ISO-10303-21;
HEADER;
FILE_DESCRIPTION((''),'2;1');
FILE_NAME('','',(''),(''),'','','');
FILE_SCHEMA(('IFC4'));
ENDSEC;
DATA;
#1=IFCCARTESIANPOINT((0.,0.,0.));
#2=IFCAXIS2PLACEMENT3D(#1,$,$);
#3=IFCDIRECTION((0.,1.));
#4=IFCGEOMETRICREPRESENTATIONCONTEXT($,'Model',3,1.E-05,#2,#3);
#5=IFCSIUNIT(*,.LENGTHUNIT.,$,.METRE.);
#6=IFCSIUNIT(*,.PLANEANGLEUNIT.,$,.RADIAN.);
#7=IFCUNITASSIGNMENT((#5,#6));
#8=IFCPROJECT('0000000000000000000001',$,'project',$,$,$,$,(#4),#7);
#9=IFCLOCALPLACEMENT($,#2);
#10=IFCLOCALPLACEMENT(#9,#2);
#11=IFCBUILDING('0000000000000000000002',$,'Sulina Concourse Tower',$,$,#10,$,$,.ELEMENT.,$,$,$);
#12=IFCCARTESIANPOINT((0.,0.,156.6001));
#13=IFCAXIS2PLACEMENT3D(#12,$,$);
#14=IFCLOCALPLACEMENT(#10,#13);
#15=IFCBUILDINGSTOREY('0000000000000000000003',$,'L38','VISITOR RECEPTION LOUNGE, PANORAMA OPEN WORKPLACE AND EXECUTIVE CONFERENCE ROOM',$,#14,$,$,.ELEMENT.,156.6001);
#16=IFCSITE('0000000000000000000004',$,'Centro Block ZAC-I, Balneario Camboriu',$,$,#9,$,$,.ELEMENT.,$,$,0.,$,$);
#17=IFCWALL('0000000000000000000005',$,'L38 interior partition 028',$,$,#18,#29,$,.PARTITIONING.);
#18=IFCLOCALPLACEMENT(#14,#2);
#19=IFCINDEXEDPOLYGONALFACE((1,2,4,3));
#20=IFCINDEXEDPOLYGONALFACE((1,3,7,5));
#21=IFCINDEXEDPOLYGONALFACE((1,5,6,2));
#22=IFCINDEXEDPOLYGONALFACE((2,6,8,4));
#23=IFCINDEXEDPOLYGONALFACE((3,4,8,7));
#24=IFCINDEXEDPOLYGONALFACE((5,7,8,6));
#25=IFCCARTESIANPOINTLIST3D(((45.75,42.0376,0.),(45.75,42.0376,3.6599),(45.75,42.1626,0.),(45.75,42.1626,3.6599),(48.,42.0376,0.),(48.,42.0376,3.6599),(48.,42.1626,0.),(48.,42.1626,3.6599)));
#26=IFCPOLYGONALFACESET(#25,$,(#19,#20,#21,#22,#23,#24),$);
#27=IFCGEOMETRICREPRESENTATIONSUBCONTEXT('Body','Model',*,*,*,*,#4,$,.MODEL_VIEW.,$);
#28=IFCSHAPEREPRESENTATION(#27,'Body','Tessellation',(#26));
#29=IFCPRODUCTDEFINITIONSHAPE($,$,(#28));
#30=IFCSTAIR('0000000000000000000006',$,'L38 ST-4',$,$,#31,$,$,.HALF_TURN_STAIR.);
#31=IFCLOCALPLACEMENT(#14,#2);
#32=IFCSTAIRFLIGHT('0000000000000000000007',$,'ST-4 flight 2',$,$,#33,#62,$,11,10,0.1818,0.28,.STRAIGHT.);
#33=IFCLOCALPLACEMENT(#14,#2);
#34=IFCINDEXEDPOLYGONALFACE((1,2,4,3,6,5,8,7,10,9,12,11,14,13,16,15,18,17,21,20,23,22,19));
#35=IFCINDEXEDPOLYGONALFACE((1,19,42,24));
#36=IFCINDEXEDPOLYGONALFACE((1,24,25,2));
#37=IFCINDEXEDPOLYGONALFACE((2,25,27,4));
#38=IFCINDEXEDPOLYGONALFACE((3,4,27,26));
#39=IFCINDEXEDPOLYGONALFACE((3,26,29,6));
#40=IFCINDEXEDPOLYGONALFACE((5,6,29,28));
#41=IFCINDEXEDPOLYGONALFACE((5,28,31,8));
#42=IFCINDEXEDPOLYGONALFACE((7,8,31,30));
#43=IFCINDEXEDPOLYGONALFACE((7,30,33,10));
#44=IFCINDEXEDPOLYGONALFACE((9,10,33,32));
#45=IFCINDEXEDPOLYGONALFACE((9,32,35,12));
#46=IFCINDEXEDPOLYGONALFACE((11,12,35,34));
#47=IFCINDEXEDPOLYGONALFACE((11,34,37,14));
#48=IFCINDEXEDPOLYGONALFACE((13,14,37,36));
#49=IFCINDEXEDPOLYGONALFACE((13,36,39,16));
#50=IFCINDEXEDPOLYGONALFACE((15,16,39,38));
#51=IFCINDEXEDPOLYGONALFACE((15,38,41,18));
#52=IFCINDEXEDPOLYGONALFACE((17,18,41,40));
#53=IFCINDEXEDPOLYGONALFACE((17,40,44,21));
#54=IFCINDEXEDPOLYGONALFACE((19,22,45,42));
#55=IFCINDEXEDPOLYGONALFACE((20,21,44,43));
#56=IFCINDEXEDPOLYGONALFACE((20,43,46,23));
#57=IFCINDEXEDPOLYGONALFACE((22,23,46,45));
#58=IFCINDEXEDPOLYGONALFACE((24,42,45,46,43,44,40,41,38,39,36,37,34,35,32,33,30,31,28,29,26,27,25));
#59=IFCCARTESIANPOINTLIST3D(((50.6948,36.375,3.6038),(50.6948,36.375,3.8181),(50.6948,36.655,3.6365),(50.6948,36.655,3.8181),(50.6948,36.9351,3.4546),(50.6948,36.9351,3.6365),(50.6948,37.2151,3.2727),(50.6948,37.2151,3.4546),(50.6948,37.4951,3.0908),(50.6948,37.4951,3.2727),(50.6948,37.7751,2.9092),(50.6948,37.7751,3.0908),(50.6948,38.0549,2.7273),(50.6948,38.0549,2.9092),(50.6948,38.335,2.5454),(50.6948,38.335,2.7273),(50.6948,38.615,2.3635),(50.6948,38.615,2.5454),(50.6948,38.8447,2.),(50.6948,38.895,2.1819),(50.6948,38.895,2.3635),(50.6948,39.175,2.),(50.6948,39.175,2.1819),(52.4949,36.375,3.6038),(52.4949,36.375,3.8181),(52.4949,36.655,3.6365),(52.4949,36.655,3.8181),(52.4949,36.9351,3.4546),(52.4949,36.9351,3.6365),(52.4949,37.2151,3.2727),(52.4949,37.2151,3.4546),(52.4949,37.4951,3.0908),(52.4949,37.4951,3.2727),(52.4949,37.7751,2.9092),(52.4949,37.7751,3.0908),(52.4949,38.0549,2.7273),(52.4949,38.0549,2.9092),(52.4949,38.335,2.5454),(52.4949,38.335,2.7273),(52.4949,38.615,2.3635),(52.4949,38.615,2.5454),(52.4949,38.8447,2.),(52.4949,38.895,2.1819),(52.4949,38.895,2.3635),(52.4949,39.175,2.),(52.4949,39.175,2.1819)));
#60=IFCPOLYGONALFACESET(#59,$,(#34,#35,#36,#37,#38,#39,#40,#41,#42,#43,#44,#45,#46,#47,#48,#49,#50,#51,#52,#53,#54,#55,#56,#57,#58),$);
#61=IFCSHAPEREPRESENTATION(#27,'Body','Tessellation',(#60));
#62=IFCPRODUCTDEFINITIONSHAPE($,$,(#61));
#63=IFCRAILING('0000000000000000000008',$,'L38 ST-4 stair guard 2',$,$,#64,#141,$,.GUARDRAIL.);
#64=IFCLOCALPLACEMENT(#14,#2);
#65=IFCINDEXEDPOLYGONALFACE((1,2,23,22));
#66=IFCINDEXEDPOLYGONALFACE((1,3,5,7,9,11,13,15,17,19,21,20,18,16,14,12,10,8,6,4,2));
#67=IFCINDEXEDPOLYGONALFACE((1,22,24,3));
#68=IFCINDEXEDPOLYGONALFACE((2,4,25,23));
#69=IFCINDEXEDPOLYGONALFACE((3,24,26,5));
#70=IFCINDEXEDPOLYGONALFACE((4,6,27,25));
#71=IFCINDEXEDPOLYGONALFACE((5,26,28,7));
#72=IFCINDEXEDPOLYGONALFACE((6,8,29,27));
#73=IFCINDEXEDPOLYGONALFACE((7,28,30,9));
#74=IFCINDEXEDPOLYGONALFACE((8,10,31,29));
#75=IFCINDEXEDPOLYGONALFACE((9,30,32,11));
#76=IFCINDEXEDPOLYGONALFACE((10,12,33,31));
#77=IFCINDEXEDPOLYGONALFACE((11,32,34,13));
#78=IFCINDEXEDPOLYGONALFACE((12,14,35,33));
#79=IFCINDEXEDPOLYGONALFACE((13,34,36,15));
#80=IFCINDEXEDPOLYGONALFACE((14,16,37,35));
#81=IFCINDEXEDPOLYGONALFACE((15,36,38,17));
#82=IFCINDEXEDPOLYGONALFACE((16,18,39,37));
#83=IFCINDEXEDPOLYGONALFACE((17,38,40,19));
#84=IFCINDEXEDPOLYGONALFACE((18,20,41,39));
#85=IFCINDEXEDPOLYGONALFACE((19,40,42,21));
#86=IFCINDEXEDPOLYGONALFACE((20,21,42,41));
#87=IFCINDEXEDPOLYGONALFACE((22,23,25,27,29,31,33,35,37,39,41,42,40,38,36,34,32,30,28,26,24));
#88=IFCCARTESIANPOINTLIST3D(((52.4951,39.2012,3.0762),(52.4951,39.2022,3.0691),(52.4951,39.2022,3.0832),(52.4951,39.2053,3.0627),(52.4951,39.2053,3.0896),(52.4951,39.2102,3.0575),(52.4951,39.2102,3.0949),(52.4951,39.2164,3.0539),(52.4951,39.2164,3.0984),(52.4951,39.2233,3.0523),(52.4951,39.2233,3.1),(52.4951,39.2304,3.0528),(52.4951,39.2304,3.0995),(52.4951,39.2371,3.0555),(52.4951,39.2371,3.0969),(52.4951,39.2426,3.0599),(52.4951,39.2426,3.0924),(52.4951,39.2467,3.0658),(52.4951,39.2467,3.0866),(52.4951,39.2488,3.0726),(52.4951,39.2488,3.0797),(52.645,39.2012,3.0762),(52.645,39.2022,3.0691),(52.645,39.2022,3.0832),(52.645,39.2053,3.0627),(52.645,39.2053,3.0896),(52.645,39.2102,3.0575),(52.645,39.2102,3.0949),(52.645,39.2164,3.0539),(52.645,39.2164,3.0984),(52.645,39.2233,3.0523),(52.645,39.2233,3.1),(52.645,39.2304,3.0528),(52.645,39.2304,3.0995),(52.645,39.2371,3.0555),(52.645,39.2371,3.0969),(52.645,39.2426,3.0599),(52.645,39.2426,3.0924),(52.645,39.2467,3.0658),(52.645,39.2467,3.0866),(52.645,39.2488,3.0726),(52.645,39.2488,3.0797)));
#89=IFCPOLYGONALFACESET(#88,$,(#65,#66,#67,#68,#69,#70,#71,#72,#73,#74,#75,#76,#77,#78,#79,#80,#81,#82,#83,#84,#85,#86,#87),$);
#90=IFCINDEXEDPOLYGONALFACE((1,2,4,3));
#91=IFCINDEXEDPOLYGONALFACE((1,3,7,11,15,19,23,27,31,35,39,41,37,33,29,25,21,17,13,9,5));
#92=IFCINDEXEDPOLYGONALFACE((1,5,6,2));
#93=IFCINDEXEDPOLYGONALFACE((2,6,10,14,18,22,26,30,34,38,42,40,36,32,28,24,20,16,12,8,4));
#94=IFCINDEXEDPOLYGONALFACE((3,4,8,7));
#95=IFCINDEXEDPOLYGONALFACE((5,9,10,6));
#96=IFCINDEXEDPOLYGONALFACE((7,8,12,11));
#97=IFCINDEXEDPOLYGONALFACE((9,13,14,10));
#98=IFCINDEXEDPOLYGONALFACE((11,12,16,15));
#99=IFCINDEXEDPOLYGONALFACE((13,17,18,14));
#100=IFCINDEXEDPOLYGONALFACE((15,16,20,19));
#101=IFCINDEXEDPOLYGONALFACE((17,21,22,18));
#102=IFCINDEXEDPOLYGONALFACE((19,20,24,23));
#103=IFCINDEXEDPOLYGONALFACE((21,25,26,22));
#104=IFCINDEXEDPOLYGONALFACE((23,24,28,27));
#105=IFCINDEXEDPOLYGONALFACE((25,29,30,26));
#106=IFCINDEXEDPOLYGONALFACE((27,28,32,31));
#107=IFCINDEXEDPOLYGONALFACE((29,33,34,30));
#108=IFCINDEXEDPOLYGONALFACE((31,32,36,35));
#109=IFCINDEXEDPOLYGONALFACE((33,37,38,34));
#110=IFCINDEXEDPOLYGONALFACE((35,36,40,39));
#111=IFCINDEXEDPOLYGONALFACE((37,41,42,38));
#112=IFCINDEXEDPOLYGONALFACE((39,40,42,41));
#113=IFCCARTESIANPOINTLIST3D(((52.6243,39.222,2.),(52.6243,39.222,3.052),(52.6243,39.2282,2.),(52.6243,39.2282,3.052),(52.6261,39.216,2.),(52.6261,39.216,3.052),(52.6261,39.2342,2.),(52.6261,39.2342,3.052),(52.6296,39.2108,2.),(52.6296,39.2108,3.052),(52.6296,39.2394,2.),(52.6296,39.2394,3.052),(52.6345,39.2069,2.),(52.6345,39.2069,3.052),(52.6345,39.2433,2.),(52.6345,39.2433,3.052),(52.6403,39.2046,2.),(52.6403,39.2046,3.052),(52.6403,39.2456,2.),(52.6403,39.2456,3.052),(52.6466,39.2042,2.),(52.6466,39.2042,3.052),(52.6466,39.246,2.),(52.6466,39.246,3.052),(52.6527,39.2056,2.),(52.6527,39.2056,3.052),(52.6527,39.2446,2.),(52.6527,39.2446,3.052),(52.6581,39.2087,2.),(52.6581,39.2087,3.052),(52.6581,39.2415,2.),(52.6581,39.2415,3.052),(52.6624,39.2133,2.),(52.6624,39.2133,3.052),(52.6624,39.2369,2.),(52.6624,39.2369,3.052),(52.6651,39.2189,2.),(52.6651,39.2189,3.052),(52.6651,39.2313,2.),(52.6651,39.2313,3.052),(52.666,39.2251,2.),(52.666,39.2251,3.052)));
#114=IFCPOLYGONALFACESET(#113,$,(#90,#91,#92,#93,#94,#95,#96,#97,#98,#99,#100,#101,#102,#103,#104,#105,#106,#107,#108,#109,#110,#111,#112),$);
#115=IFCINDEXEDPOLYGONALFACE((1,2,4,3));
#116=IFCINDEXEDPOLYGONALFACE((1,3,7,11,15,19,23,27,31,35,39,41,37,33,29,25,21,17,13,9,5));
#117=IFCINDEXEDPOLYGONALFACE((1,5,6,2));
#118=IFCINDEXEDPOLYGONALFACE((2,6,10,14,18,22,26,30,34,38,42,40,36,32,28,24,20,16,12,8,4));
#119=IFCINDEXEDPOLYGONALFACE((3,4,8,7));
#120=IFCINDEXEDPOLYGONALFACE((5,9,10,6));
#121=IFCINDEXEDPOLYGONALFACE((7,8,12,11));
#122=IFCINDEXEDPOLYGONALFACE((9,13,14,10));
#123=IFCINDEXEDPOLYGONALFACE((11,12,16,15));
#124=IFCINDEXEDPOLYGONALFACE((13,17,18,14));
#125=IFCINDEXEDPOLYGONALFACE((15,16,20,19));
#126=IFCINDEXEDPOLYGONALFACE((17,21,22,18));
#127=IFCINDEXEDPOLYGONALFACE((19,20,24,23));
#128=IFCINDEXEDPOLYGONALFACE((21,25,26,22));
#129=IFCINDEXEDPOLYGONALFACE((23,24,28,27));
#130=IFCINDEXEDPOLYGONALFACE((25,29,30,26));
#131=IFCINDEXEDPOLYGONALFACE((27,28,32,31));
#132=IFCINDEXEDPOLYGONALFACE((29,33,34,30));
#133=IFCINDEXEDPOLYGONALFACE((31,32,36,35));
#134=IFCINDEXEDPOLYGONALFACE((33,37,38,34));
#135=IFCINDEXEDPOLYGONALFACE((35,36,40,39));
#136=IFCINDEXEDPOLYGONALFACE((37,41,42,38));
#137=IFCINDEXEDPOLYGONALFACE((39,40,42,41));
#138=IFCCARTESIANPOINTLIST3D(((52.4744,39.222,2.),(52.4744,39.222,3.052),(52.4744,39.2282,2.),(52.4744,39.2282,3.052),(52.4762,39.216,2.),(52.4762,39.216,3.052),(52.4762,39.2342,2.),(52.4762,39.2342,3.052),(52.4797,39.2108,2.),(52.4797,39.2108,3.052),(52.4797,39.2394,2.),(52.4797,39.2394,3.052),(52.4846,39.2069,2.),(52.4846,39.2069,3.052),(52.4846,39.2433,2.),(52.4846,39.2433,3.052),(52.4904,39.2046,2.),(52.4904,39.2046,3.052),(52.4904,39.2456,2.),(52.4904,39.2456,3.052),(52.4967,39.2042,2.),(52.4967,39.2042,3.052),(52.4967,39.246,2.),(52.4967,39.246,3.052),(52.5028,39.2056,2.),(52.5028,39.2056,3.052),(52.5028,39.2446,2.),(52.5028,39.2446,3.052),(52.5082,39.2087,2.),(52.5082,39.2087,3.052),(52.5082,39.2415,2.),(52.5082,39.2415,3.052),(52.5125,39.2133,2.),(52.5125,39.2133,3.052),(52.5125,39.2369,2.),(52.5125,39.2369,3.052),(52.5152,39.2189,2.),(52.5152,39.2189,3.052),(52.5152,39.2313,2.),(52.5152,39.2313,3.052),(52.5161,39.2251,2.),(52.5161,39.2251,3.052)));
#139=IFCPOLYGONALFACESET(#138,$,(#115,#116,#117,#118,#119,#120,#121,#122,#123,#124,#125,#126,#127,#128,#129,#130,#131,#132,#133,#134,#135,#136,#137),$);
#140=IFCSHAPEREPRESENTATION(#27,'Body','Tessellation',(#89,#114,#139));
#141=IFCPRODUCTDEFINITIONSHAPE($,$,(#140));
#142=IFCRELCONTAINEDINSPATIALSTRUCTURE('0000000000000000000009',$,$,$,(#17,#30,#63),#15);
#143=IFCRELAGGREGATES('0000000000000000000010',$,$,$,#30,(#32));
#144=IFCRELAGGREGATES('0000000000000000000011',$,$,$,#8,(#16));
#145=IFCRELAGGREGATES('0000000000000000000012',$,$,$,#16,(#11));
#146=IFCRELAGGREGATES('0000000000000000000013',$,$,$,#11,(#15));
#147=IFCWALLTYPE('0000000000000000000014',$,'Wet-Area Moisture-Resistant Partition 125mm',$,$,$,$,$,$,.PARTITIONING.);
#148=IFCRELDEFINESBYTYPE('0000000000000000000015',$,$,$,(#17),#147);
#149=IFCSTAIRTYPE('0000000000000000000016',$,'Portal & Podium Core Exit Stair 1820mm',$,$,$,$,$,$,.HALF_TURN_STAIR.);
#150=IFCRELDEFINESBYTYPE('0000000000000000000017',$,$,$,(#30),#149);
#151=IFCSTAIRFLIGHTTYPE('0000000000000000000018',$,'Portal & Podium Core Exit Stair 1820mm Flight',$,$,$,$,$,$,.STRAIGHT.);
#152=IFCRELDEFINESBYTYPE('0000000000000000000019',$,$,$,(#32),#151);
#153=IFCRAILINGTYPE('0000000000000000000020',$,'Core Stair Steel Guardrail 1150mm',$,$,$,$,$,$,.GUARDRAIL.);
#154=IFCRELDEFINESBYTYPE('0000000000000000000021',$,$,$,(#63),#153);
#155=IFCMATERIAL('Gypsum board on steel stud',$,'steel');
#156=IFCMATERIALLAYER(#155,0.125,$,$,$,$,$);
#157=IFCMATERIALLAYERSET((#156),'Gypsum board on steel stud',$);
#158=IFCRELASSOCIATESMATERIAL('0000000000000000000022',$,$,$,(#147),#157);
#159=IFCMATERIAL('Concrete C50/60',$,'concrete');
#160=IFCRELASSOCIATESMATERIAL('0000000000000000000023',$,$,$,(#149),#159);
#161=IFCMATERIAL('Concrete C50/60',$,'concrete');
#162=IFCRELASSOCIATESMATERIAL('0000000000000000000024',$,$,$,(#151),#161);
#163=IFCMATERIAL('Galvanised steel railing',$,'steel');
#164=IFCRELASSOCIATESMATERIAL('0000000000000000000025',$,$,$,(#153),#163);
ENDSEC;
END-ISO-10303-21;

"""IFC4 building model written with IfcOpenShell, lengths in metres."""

from ifc_helpers import new_model, si_unit, direction, frame, frame_2d, origin, origin_2d, place, context, subcontext, project, spatial, polyline, rectangle, circle, outline, extrude, material, layer, layer_set, type_object, element, aggregate, save


model = new_model("IFC4")

# Units and contexts
model_context = context("Model", 3, precision=1e-05, world=origin(), true_north=direction((0.0, 1.0)))
body_context = subcontext(model_context, "Body", "Model", "MODEL_VIEW")
ifc_project = project(units=[si_unit("LENGTHUNIT", "METRE"), si_unit("PLANEANGLEUNIT", "RADIAN")], contexts=[model_context])

# Site, building, storey
site_placement = place(None, origin())
site = spatial("IfcSite", under=ifc_project, at=site_placement, Name="Centro Block ZAC-I, Balneario Camboriu", CompositionType="ELEMENT", RefElevation=0.0)
building_placement = place(site_placement, origin())
building = spatial("IfcBuilding", under=site, at=building_placement, Name="Sulina Concourse Tower", CompositionType="ELEMENT")
storey_placement = place(building_placement, frame((0.0, 0.0, 156.6001)))
storey = spatial("IfcBuildingStorey", under=building, at=storey_placement, Name="L38", Description="VISITOR RECEPTION LOUNGE, PANORAMA OPEN WORKPLACE AND EXECUTIVE CONFERENCE ROOM", CompositionType="ELEMENT", Elevation=156.6001)

# Wall
ifc_material_1 = material(Name="Gypsum board on steel stud", Category="steel")
ifc_layer_1 = layer(ifc_material_1, 0.125)
ifc_layer_set_1 = layer_set([ifc_layer_1], Name="Gypsum board on steel stud")
wall_type_1 = type_object("IfcWallType", Name="Wet-Area Moisture-Resistant Partition 125mm", PredefinedType="PARTITIONING", material=ifc_layer_set_1)
wall_1_placement = place(storey_placement, frame((45.75, 42.1001, 0.0), z_axis=(0.0, 0.0, 1.0), x_axis=(1.0, 0.0, 0.0)))
element("IfcWall", 1, at=wall_1_placement, inside=storey, type_object=wall_type_1, Name="L38 interior partition 028", PredefinedType="PARTITIONING", context=body_context, shape_type="SweptSolid", body=[
    extrude(rectangle(XDim=2.25, YDim=0.125, at=frame_2d((1.125, 0.0))), origin(), (0.0, 0.0, 1.0), 3.6599),
])

# Stair, stair flight
ifc_material_2 = material(Name="Concrete C50/60", Category="concrete")
stair_type = type_object("IfcStairType", Name="Portal & Podium Core Exit Stair 1820mm", PredefinedType="HALF_TURN_STAIR", material=ifc_material_2)
stair_placement = place(storey_placement, origin())
stair = element("IfcStair", 2, at=stair_placement, inside=storey, type_object=stair_type, Name="L38 ST-4", PredefinedType="HALF_TURN_STAIR")
ifc_material_3 = material(Name="Concrete C50/60", Category="concrete")
stair_flight_type = type_object("IfcStairFlightType", Name="Portal & Podium Core Exit Stair 1820mm Flight", PredefinedType="STRAIGHT", material=ifc_material_3)
stair_flight_placement = place(storey_placement, frame((51.595, 39.175, 2.0), z_axis=(0.0, 0.0, 1.0), x_axis=(0.0, -1.0, 0.0)))
stair_flight = element("IfcStairFlight", 3, at=stair_flight_placement, type_object=stair_flight_type, Name="ST-4 flight 2", NumberOfRisers=11, NumberOfTreads=10, PredefinedType="STRAIGHT", RiserHeight=0.1818, TreadLength=0.28, context=body_context, shape_type="SweptSolid", body=[
    extrude(outline(polyline([(0.0, 0.0), (0.0, 0.1819), (0.28, 0.1819), (0.28, 0.3635), (0.5601, 0.3635), (0.5601, 0.5454), (0.8401, 0.5454), (0.8401, 0.7273), (1.1201, 0.7273), (1.1201, 0.9092), (1.3999, 0.9092), (1.3999, 1.0908), (1.6799, 1.0908), (1.6799, 1.2727), (1.96, 1.2727), (1.96, 1.4546), (2.24, 1.4546), (2.24, 1.6365), (2.52, 1.6365), (2.52, 1.8181), (2.8, 1.8181), (2.8, 2.0), (2.8, 1.6038), (0.3303, 0.0), (0.0, 0.0)])), frame((0.0, 0.8999, 0.0), z_axis=(0.0, -1.0, 0.0), x_axis=(1.0, 0.0, 0.0)), (0.0, 0.0, 1.0), 1.8),
])
aggregate(stair, [stair_flight])

# Railing
ifc_material_4 = material(Name="Galvanised steel railing", Category="steel")
railing_type_1 = type_object("IfcRailingType", Name="Core Stair Steel Guardrail 1150mm", PredefinedType="GUARDRAIL", material=ifc_material_4)
railing_1_placement = place(storey_placement, frame((52.645, 39.2251, 2.0)))
element("IfcRailing", 4, at=railing_1_placement, inside=storey, type_object=railing_type_1, Name="L38 ST-4 stair guard 2", PredefinedType="GUARDRAIL", context=body_context, shape_type="SweptSolid", body=[
    extrude(circle(Radius=0.0239, at=origin_2d()), frame((0.0, 0.0, 1.0762), z_axis=(-1.0, 0.0, 0.0), x_axis=(0.0, -1.0, 0.0)), (0.0, 0.0, 1.0), 0.1499),
    extrude(circle(Radius=0.021, at=origin_2d()), origin(), (0.0, 0.0, 1.0), 1.052),
    extrude(circle(Radius=0.021, at=origin_2d()), frame((-0.1499, 0.0, 0.0)), (0.0, 0.0, 1.0), 1.052),
])

save(model, "model.ifc")
